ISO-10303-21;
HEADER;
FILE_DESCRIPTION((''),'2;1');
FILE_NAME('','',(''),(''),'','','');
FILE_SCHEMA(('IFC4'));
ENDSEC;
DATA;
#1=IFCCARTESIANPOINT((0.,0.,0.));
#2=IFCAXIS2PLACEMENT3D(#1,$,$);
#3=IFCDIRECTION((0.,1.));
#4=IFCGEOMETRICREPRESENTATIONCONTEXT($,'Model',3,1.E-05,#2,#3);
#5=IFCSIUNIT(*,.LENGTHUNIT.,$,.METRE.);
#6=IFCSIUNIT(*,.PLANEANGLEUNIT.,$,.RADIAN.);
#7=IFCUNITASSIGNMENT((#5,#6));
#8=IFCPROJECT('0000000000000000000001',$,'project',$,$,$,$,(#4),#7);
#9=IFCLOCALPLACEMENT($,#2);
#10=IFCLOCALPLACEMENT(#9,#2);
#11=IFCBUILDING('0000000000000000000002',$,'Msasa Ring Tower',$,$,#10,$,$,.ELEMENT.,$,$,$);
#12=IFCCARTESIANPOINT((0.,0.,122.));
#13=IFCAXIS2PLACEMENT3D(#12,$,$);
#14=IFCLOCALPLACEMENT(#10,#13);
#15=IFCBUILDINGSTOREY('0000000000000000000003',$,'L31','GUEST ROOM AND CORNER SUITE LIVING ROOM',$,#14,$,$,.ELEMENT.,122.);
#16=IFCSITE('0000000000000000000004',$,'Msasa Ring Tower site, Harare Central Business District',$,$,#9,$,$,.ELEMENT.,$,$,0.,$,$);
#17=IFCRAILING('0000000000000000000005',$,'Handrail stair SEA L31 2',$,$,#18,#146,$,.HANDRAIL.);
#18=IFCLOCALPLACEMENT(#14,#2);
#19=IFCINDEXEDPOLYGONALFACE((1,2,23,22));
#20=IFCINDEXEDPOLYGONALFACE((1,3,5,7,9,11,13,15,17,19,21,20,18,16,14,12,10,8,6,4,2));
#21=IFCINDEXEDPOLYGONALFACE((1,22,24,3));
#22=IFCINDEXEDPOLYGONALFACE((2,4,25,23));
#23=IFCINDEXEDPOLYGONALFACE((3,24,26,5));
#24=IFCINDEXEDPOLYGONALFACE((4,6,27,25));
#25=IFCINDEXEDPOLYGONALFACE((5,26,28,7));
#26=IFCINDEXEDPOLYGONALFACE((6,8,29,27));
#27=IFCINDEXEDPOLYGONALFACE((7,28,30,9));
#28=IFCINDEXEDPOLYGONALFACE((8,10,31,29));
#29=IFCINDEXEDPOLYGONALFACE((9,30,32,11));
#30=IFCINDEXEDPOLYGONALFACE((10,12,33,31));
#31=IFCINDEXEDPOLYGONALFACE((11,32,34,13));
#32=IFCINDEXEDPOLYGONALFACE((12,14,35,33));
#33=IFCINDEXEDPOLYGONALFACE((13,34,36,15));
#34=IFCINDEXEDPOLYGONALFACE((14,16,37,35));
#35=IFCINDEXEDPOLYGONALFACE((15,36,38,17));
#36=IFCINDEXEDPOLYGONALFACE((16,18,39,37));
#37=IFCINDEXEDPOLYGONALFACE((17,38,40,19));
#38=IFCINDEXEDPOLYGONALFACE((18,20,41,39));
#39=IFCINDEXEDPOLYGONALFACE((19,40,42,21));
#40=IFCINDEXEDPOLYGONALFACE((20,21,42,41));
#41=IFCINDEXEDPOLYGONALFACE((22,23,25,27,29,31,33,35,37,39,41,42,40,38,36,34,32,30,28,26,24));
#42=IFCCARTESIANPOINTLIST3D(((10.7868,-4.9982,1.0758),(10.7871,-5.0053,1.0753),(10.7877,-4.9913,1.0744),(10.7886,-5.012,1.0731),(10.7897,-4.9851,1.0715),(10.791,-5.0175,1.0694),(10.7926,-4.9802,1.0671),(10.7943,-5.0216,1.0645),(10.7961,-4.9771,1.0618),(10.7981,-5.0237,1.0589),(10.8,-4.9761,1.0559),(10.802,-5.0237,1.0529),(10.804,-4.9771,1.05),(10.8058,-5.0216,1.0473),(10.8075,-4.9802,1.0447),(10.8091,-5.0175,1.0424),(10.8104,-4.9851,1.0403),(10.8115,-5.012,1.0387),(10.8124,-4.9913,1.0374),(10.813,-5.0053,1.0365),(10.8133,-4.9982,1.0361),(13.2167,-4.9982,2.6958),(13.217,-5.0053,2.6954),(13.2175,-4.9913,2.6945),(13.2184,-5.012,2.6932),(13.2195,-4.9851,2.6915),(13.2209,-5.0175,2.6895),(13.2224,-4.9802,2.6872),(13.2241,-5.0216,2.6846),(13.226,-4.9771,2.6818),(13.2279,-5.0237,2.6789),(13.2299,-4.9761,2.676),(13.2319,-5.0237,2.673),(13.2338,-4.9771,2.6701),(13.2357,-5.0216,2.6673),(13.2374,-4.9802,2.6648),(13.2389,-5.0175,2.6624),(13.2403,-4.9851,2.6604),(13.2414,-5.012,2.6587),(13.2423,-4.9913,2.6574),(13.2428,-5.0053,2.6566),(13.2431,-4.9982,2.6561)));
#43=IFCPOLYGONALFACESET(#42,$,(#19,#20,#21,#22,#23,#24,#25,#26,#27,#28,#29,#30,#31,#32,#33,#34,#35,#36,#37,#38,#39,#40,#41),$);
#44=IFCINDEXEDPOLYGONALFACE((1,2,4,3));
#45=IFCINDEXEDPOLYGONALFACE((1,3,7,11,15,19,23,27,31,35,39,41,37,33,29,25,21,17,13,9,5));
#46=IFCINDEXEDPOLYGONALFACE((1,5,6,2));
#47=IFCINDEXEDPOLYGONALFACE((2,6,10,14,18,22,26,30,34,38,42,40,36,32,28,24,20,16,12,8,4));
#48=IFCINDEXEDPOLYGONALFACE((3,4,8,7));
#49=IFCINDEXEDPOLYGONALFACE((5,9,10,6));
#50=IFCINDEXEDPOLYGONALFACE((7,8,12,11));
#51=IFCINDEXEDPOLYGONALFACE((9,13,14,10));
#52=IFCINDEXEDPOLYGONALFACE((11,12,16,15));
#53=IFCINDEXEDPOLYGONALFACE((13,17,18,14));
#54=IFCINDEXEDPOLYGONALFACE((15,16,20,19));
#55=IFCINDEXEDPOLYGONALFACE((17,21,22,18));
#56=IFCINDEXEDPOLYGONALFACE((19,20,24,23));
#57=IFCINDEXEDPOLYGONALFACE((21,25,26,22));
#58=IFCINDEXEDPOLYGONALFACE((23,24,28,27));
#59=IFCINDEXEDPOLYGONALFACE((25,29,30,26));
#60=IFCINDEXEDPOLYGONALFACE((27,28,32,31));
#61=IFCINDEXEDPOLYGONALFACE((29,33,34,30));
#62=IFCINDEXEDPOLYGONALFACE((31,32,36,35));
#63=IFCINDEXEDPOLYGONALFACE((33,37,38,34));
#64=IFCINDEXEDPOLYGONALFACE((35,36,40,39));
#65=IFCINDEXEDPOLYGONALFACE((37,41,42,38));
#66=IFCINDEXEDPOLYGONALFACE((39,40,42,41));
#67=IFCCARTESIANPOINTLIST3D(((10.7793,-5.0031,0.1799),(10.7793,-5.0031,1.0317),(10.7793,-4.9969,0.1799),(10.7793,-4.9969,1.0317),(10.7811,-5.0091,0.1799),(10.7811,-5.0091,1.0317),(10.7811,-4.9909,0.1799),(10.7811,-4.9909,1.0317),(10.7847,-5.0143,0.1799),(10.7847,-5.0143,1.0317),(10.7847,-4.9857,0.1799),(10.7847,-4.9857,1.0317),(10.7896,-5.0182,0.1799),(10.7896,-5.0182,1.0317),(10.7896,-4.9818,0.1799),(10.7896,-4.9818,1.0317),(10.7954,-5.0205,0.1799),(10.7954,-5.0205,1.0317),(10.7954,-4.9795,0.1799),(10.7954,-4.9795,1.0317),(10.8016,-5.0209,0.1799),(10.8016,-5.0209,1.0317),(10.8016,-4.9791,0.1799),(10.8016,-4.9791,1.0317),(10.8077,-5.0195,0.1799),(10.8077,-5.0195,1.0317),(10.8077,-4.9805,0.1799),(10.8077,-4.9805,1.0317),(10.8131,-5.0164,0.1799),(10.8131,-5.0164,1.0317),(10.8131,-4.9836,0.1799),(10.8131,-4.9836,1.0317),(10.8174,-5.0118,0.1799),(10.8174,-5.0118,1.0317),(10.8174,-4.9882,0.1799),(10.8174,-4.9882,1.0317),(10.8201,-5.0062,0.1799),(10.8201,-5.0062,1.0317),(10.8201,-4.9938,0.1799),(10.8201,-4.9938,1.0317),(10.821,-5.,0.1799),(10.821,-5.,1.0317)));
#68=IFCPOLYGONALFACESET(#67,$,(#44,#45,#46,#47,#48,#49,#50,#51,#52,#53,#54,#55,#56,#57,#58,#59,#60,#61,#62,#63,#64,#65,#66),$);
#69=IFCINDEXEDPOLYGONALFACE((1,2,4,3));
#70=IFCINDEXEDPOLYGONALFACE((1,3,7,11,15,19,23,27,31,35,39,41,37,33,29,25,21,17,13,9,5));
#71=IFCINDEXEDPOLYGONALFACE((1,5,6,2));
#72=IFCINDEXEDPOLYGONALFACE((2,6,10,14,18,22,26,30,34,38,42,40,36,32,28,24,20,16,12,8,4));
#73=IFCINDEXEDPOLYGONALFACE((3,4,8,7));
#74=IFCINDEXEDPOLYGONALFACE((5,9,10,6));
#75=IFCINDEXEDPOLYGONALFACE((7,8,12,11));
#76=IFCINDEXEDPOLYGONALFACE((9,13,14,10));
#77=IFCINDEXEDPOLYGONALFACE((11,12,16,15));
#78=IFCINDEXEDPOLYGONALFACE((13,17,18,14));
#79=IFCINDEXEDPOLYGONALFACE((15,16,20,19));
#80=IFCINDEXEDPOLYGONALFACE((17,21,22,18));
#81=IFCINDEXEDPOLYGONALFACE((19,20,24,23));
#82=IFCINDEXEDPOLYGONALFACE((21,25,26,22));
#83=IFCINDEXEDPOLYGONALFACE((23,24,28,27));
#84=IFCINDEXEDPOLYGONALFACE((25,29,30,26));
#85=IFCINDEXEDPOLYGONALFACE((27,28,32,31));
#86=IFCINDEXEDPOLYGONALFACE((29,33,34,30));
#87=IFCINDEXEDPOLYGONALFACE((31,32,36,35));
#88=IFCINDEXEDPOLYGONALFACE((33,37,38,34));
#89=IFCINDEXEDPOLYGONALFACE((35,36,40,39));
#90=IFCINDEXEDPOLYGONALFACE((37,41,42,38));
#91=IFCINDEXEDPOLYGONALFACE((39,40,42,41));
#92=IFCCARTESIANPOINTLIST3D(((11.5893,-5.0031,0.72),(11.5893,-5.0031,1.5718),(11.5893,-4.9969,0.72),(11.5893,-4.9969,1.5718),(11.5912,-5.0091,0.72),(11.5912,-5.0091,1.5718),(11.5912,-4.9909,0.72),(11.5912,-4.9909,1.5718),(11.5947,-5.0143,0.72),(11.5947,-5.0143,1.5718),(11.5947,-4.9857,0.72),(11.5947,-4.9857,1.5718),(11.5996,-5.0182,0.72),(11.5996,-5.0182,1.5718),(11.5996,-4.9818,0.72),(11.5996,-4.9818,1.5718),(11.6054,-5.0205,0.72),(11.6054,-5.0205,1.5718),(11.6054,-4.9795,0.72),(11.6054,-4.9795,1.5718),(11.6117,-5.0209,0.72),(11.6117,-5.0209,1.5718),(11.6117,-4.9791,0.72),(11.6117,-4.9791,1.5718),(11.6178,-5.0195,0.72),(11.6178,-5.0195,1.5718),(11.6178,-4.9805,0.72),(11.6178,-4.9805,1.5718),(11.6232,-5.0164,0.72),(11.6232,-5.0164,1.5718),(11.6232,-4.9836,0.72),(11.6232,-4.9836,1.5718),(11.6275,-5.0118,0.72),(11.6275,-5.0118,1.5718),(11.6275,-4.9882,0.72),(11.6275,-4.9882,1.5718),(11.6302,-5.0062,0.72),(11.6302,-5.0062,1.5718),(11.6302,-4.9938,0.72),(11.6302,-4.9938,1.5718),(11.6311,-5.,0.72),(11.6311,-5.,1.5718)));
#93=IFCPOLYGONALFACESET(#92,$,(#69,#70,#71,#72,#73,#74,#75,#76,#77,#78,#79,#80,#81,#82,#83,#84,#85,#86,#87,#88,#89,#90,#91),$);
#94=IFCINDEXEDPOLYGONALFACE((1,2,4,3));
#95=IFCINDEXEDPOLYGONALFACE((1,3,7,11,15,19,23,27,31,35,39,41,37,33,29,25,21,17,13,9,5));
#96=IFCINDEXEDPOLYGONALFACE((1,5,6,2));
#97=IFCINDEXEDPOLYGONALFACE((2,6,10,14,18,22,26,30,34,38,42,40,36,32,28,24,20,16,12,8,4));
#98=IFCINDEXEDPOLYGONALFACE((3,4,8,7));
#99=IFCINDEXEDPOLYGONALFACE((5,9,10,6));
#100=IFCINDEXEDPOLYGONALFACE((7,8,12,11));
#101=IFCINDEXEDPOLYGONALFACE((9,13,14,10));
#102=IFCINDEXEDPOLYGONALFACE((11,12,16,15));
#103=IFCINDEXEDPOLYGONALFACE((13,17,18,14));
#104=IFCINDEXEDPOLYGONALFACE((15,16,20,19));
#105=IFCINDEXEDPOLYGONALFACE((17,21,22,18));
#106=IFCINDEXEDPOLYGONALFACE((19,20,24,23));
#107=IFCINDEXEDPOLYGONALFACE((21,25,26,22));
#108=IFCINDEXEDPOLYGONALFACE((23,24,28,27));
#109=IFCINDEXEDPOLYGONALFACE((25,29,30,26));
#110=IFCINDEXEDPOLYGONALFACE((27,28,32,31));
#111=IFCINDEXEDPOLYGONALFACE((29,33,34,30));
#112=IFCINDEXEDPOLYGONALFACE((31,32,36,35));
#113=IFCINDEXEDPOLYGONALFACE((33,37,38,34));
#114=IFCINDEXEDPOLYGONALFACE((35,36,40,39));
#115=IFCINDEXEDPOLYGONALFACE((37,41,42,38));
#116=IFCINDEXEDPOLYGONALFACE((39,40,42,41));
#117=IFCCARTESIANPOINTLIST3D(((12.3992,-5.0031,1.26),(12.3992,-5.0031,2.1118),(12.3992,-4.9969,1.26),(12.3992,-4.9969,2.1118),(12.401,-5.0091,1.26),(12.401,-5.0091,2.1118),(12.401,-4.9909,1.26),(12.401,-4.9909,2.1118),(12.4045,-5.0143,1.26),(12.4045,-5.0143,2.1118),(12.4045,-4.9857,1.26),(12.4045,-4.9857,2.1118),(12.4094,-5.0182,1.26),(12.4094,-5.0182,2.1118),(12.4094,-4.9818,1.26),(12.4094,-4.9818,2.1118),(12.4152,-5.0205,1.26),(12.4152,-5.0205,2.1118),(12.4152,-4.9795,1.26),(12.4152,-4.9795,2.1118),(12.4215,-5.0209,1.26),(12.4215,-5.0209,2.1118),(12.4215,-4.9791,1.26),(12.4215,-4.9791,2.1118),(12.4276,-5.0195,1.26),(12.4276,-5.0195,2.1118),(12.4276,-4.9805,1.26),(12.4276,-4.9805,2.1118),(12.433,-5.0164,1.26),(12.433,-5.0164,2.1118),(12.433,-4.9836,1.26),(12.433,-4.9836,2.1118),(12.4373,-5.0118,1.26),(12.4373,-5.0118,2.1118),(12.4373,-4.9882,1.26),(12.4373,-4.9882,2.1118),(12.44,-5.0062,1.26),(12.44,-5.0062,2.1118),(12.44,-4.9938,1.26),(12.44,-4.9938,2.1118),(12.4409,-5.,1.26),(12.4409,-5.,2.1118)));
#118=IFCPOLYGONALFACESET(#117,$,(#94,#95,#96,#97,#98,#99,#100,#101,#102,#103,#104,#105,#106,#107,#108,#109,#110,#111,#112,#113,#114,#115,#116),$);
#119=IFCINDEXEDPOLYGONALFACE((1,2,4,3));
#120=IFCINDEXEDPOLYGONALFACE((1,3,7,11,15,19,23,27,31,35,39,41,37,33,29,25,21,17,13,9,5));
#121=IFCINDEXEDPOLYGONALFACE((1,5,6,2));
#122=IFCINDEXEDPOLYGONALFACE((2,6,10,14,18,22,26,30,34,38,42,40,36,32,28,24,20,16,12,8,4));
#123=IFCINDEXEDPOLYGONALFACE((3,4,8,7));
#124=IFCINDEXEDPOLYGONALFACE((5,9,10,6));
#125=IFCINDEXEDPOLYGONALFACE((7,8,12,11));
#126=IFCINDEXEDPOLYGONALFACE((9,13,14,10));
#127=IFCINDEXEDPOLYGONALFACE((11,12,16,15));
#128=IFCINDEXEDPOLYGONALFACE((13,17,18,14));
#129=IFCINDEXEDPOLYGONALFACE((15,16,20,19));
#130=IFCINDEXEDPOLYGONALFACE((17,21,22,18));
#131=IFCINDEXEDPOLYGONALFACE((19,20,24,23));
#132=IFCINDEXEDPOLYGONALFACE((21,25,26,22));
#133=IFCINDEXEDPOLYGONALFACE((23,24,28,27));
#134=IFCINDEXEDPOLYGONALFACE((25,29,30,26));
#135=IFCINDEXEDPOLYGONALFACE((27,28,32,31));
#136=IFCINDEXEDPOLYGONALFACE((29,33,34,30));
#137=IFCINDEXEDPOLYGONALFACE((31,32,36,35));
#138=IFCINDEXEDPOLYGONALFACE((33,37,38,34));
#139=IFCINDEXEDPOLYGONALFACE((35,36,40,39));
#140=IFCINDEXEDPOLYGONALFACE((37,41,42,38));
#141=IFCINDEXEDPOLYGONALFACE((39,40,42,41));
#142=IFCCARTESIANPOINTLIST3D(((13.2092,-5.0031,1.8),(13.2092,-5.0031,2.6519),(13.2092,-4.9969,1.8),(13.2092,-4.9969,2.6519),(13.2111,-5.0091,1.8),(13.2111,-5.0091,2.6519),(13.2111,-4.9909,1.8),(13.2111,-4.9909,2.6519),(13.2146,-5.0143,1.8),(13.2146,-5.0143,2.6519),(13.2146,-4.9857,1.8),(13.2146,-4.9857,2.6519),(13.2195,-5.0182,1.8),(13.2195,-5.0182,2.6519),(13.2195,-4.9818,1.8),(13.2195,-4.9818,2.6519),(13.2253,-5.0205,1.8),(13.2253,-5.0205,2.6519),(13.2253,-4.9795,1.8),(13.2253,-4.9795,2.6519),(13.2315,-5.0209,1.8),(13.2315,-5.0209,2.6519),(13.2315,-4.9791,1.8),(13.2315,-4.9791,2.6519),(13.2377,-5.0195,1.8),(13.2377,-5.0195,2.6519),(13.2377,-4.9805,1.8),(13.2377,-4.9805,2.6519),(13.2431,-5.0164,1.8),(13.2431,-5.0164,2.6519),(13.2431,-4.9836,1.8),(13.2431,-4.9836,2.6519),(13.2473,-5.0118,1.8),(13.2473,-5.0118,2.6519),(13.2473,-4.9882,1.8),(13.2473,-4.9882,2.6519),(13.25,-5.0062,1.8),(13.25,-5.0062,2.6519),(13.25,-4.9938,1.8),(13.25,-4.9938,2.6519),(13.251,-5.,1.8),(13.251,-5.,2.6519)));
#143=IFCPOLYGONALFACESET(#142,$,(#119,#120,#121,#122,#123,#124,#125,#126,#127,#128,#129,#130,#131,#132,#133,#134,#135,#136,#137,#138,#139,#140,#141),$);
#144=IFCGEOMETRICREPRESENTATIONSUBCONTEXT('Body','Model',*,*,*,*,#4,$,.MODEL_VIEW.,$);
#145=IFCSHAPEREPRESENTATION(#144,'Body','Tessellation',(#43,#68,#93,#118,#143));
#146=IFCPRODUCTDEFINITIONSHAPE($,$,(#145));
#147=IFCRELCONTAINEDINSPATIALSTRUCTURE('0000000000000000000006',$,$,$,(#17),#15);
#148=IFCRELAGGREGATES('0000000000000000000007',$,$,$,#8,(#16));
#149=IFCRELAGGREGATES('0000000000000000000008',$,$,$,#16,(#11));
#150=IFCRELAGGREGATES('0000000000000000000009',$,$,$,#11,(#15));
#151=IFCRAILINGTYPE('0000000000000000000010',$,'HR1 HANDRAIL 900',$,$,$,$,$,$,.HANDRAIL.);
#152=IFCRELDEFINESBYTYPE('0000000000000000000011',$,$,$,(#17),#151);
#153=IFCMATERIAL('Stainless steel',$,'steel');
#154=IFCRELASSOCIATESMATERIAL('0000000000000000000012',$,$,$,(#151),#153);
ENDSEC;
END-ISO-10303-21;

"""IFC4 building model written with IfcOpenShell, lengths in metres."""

from ifc_helpers import new_model, si_unit, direction, frame, origin, origin_2d, place, context, subcontext, project, spatial, circle, extrude, material, type_object, element, save


model = new_model("IFC4")

# Units and contexts
model_context = context("Model", 3, precision=1e-05, world=origin(), true_north=direction((0.0, 1.0)))
body_context = subcontext(model_context, "Body", "Model", "MODEL_VIEW")
ifc_project = project(units=[si_unit("LENGTHUNIT", "METRE"), si_unit("PLANEANGLEUNIT", "RADIAN")], contexts=[model_context])

# Site, building, storey
site_placement = place(None, origin())
site = spatial("IfcSite", under=ifc_project, at=site_placement, Name="Msasa Ring Tower site, Harare Central Business District", CompositionType="ELEMENT", RefElevation=0.0)
building_placement = place(site_placement, origin())
building = spatial("IfcBuilding", under=site, at=building_placement, Name="Msasa Ring Tower", CompositionType="ELEMENT")
storey_placement = place(building_placement, frame((0.0, 0.0, 122.0)))
storey = spatial("IfcBuildingStorey", under=building, at=storey_placement, Name="L31", Description="GUEST ROOM AND CORNER SUITE LIVING ROOM", CompositionType="ELEMENT", Elevation=122.0)

# Railing
ifc_material_1 = material(Name="Stainless steel", Category="steel")
railing_type = type_object("IfcRailingType", Name="HR1 HANDRAIL 900", PredefinedType="HANDRAIL", material=ifc_material_1)
for number, where, name in (
    (1, (10.8, -5.0, 0.1799), "Handrail stair SEA L31 2"),
):
    element("IfcRailing", number, at=place(storey_placement, frame(where)), inside=storey, type_object=railing_type, Name=name, PredefinedType="HANDRAIL", context=body_context, shape_type="SweptSolid", body=[
        extrude(circle(Radius=0.0239, at=origin_2d()), frame((0.0, 0.0, 0.876), z_axis=(0.832025, 0.0, 0.554739), x_axis=(0.0, 1.0, 0.0)), (0.0, 0.0, 1.0), 2.9204),
        extrude(circle(Radius=0.021, at=origin_2d()), origin(), (0.0, 0.0, 1.0), 0.8518),
        extrude(circle(Radius=0.021, at=origin_2d()), frame((0.8101, 0.0, 0.54)), (0.0, 0.0, 1.0), 0.8518),
        extrude(circle(Radius=0.021, at=origin_2d()), frame((1.6199, 0.0, 1.0801)), (0.0, 0.0, 1.0), 0.8518),
        extrude(circle(Radius=0.021, at=origin_2d()), frame((2.4299, 0.0, 1.6201)), (0.0, 0.0, 1.0), 0.8518),
    ])

save(model, "model.ifc")
